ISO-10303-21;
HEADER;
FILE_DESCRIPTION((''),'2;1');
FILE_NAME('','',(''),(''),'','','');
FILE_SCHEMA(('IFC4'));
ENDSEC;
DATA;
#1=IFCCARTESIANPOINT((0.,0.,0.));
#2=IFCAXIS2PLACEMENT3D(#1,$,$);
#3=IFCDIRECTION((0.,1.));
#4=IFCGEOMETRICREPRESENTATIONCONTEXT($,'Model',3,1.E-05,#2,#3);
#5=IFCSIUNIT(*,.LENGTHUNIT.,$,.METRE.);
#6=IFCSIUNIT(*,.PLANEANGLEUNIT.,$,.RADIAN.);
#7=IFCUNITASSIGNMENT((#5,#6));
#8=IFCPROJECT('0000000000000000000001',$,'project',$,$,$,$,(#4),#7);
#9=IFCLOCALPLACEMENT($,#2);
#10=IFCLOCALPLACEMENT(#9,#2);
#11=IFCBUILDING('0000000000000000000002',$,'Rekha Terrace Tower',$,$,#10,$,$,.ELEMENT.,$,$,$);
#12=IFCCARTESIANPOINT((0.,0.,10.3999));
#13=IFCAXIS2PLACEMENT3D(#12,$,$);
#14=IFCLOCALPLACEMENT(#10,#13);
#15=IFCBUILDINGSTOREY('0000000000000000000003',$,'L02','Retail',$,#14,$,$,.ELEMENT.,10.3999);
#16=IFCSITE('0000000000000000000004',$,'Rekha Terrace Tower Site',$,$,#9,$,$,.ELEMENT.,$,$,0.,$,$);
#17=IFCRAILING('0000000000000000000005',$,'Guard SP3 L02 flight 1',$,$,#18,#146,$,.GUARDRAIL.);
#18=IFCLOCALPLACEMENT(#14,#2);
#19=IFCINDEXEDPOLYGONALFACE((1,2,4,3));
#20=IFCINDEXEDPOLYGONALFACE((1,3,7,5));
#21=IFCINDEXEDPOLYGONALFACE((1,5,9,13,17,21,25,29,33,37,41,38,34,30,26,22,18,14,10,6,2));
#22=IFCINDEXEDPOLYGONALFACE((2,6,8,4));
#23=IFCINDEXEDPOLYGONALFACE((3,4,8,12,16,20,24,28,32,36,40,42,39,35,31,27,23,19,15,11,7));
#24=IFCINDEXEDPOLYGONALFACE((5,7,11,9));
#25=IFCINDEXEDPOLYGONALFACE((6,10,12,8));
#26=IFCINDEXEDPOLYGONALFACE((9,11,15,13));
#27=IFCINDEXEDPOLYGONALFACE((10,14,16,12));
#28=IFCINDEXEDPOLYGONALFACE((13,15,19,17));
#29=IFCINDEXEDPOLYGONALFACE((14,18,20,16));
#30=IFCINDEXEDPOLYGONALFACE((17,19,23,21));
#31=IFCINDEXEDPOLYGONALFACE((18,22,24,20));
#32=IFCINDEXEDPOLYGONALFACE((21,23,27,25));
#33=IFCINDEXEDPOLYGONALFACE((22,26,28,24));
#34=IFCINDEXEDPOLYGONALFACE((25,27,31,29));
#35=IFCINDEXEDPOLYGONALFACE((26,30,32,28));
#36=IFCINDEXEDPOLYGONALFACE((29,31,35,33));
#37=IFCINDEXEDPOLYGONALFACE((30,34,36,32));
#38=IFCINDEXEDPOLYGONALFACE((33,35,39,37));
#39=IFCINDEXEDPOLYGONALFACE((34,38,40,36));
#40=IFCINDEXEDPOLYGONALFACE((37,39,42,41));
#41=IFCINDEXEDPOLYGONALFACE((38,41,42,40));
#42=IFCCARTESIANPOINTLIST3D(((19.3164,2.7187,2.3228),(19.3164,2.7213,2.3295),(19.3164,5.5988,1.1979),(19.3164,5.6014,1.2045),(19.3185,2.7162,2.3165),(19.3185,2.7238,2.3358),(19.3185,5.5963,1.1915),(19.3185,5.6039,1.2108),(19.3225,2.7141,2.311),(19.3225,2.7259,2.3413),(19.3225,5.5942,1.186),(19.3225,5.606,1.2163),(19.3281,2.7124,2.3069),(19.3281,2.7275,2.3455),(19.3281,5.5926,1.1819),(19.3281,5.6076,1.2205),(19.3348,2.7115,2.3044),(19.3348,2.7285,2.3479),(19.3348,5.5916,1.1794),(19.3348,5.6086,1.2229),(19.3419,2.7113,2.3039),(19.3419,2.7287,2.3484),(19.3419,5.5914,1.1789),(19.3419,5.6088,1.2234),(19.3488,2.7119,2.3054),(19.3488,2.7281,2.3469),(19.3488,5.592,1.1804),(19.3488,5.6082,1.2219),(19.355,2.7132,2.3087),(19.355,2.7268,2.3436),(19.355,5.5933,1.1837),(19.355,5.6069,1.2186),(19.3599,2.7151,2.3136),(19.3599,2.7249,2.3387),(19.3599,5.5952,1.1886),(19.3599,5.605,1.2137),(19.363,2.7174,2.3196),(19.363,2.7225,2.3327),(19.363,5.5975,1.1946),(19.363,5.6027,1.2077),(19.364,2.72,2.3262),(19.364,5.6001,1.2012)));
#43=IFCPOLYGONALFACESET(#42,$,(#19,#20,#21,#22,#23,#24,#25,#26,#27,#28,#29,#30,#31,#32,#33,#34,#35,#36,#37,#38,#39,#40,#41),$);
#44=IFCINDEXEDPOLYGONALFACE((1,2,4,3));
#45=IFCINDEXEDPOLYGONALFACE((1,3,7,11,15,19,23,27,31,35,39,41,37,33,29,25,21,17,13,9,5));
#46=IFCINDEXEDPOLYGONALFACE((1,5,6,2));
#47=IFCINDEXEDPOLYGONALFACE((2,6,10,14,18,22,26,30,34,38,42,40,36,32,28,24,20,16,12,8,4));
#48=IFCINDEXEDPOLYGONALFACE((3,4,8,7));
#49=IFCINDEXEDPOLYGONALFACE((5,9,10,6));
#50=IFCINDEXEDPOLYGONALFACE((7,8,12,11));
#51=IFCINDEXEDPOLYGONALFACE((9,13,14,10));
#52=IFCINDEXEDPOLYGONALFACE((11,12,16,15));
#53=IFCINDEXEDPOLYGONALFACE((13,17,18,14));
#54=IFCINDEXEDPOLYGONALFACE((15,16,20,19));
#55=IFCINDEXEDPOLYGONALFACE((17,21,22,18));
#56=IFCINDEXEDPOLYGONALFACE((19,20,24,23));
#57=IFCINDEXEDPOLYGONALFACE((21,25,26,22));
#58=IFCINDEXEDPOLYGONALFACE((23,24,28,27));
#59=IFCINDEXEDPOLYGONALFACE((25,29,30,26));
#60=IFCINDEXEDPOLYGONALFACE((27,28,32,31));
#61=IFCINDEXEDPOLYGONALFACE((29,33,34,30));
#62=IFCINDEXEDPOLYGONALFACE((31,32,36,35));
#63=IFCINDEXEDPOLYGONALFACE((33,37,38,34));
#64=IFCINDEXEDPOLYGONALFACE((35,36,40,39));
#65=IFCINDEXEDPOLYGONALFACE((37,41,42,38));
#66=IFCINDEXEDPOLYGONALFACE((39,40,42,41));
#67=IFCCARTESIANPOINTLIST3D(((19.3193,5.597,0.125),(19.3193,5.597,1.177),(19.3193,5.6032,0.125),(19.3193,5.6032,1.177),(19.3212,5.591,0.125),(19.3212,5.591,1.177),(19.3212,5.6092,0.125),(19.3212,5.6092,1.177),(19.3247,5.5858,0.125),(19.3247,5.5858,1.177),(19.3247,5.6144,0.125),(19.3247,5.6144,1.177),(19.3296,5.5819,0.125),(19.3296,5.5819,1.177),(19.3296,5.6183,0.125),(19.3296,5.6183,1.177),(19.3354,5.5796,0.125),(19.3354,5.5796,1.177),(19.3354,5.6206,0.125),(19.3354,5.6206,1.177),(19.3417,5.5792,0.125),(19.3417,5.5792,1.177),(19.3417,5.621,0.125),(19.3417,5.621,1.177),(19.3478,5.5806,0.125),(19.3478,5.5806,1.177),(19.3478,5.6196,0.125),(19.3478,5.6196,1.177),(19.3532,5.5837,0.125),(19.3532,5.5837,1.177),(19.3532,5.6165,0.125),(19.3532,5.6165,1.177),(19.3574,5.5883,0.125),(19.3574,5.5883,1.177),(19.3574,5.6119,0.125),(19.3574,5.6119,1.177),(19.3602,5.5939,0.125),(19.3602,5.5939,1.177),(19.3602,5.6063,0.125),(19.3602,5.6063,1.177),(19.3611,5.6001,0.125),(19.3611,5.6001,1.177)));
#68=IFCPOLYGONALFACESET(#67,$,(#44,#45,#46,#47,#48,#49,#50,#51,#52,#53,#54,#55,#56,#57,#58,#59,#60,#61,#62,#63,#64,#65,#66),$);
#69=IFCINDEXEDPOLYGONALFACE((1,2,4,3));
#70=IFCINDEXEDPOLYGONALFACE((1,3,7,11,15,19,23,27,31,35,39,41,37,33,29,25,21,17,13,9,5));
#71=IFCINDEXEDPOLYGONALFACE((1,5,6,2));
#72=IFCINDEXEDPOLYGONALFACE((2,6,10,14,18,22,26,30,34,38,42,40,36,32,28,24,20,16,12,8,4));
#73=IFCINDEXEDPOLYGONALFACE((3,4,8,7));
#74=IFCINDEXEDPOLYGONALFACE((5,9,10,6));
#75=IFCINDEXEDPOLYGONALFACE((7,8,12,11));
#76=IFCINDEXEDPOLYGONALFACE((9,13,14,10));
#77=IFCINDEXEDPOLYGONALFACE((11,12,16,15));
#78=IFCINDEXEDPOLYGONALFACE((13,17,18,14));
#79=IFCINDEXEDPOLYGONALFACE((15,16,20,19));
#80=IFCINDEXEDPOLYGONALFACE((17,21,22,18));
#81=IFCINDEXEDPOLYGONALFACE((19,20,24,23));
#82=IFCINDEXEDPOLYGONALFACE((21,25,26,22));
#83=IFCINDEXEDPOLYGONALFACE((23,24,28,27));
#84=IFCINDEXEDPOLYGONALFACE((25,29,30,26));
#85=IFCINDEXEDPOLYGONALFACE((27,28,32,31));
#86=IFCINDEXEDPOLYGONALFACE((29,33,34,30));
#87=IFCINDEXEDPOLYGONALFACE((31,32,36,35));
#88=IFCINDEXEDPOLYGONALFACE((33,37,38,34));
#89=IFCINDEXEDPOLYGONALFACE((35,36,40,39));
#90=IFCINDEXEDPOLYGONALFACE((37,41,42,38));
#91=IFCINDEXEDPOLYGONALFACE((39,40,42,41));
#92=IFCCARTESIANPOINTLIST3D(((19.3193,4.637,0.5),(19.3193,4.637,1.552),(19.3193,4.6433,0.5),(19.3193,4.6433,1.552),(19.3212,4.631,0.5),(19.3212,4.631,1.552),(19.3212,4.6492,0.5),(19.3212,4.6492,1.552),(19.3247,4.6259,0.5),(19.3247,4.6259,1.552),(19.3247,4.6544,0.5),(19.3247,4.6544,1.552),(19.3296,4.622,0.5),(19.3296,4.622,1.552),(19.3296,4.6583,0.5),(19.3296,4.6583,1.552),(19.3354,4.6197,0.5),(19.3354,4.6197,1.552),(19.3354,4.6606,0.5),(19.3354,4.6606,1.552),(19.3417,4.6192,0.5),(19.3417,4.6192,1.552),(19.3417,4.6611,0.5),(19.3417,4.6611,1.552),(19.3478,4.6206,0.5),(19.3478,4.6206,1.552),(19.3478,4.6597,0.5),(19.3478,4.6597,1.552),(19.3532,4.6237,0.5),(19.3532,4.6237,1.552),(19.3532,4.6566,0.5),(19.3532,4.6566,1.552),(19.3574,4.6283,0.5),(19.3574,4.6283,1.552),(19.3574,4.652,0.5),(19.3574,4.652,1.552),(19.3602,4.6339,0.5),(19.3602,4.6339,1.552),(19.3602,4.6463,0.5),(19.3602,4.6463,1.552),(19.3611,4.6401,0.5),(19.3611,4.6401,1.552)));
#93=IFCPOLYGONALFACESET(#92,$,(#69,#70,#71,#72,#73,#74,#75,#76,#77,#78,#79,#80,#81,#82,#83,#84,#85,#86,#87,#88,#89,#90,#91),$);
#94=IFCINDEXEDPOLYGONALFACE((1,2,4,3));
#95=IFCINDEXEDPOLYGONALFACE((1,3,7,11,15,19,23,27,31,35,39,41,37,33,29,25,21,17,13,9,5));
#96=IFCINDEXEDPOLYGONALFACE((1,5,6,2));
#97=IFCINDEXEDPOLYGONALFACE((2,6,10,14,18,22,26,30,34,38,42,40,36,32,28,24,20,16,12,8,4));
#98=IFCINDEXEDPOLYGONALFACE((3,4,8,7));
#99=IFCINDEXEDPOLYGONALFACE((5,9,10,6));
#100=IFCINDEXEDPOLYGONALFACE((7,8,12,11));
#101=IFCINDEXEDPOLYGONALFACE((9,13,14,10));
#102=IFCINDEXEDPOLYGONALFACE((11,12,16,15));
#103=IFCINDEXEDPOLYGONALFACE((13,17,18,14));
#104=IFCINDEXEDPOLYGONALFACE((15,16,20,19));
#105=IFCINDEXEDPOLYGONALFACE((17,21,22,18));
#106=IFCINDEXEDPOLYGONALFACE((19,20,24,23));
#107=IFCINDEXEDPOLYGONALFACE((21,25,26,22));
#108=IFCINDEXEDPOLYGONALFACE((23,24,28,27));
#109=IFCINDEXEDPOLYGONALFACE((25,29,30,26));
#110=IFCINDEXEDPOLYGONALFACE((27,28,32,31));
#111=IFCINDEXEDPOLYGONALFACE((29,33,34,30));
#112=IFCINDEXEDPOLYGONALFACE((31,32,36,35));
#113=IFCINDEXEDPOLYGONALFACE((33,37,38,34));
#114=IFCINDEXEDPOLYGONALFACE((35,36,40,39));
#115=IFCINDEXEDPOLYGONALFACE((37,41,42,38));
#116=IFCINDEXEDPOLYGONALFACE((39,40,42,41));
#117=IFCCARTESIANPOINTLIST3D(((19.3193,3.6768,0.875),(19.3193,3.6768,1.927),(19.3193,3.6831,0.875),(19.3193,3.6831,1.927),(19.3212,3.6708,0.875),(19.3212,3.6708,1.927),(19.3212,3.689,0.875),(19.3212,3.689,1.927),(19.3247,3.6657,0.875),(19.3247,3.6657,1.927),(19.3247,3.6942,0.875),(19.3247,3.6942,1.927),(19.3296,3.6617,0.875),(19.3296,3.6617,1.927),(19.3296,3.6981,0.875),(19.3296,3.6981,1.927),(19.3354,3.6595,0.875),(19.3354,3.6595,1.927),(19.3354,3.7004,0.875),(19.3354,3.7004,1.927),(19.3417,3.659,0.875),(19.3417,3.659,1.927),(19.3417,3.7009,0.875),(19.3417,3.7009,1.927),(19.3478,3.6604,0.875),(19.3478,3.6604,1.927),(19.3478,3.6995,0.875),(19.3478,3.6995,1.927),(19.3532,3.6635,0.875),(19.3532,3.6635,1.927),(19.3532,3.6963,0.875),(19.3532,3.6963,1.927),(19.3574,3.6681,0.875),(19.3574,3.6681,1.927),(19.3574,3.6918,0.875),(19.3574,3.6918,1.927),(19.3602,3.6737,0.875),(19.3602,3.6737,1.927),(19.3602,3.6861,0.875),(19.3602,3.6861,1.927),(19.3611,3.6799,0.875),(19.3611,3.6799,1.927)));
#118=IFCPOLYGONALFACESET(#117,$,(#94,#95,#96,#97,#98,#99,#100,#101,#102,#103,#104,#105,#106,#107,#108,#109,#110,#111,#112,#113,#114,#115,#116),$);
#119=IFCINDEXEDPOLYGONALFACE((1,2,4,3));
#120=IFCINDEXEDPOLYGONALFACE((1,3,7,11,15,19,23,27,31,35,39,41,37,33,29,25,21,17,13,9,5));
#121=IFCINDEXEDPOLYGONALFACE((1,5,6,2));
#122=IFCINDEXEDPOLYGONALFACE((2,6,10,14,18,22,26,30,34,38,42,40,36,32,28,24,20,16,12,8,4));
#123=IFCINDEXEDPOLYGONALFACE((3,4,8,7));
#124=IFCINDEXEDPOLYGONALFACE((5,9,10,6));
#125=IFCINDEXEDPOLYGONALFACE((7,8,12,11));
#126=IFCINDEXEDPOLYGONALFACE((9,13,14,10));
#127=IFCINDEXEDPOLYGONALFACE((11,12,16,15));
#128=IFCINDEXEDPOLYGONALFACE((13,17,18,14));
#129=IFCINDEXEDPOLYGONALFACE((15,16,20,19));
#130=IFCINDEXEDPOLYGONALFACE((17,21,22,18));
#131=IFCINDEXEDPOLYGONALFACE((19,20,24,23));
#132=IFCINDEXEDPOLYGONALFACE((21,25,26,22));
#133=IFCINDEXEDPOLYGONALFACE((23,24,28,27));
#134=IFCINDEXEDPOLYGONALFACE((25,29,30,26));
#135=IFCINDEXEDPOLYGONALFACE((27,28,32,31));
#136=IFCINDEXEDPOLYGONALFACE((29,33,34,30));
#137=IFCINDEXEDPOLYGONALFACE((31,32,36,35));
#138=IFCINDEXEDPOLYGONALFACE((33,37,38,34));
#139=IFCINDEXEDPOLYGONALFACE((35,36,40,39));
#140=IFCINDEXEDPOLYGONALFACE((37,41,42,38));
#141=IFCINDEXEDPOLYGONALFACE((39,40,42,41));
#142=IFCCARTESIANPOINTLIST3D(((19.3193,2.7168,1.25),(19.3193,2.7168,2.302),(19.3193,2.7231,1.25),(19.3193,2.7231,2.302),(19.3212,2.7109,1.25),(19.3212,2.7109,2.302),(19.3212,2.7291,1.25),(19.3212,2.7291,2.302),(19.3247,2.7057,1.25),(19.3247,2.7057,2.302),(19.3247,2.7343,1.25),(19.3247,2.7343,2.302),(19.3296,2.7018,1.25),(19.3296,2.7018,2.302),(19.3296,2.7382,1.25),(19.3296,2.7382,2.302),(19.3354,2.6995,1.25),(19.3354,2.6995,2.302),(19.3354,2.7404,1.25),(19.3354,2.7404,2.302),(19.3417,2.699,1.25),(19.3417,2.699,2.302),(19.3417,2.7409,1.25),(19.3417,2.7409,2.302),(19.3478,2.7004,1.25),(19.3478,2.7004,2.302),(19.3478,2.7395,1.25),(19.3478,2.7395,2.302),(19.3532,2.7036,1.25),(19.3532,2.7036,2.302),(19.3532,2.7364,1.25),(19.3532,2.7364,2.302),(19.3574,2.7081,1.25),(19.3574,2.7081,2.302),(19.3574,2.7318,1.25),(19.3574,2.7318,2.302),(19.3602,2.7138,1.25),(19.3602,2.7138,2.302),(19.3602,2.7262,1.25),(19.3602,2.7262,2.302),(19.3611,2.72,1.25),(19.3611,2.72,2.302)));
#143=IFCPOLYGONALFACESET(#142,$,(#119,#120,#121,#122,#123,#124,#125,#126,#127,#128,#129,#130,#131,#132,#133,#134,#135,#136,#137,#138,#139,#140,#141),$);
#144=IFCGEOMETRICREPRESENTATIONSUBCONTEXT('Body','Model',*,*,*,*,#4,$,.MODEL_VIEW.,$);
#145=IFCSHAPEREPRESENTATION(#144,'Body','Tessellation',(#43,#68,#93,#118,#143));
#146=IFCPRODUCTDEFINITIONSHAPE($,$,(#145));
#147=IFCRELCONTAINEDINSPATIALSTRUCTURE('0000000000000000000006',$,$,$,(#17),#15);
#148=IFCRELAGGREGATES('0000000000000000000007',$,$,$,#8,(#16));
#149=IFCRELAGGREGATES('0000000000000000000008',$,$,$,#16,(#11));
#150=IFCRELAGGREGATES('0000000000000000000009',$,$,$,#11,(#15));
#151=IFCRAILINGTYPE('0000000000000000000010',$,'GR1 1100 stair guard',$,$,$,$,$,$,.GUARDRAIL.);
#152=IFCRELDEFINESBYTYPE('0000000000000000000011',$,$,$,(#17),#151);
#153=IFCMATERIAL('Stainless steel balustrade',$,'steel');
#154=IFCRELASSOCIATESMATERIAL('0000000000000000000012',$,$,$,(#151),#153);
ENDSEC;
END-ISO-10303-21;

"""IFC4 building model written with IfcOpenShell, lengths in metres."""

from ifc_helpers import new_model, si_unit, direction, frame, origin, origin_2d, place, context, subcontext, project, spatial, circle, extrude, material, type_object, element, save


model = new_model("IFC4")

# Units and contexts
model_context = context("Model", 3, precision=1e-05, world=origin(), true_north=direction((0.0, 1.0)))
body_context = subcontext(model_context, "Body", "Model", "MODEL_VIEW")
ifc_project = project(units=[si_unit("LENGTHUNIT", "METRE"), si_unit("PLANEANGLEUNIT", "RADIAN")], contexts=[model_context])

# Site, building, storey
site_placement = place(None, origin())
site = spatial("IfcSite", under=ifc_project, at=site_placement, Name="Rekha Terrace Tower Site", CompositionType="ELEMENT", RefElevation=0.0)
building_placement = place(site_placement, origin())
building = spatial("IfcBuilding", under=site, at=building_placement, Name="Rekha Terrace Tower", CompositionType="ELEMENT")
storey_placement = place(building_placement, frame((0.0, 0.0, 10.3999)))
storey = spatial("IfcBuildingStorey", under=building, at=storey_placement, Name="L02", Description="Retail", CompositionType="ELEMENT", Elevation=10.3999)

# Railing
ifc_material_1 = material(Name="Stainless steel balustrade", Category="steel")
railing_type_1 = type_object("IfcRailingType", Name="GR1 1100 stair guard", PredefinedType="GUARDRAIL", material=ifc_material_1)
railing_1_placement = place(storey_placement, frame((19.3401, 5.6001, 0.125)))
element("IfcRailing", 1, at=railing_1_placement, inside=storey, type_object=railing_type_1, Name="Guard SP3 L02 flight 1", PredefinedType="GUARDRAIL", context=body_context, shape_type="SweptSolid", body=[
    extrude(circle(Radius=0.0239, at=origin_2d()), frame((0.0, 0.0, 1.0762), z_axis=(0.0, -0.931463, 0.363837), x_axis=(1.0, 0.0, 0.0)), (0.0, 0.0, 1.0), 3.092),
    extrude(circle(Radius=0.021, at=origin_2d()), origin(), (0.0, 0.0, 1.0), 1.052),
    extrude(circle(Radius=0.021, at=origin_2d()), frame((0.0, -0.96, 0.375)), (0.0, 0.0, 1.0), 1.052),
    extrude(circle(Radius=0.021, at=origin_2d()), frame((0.0, -1.9202, 0.75)), (0.0, 0.0, 1.0), 1.052),
    extrude(circle(Radius=0.021, at=origin_2d()), frame((0.0, -2.8801, 1.125)), (0.0, 0.0, 1.0), 1.052),
])

save(model, "model.ifc")
